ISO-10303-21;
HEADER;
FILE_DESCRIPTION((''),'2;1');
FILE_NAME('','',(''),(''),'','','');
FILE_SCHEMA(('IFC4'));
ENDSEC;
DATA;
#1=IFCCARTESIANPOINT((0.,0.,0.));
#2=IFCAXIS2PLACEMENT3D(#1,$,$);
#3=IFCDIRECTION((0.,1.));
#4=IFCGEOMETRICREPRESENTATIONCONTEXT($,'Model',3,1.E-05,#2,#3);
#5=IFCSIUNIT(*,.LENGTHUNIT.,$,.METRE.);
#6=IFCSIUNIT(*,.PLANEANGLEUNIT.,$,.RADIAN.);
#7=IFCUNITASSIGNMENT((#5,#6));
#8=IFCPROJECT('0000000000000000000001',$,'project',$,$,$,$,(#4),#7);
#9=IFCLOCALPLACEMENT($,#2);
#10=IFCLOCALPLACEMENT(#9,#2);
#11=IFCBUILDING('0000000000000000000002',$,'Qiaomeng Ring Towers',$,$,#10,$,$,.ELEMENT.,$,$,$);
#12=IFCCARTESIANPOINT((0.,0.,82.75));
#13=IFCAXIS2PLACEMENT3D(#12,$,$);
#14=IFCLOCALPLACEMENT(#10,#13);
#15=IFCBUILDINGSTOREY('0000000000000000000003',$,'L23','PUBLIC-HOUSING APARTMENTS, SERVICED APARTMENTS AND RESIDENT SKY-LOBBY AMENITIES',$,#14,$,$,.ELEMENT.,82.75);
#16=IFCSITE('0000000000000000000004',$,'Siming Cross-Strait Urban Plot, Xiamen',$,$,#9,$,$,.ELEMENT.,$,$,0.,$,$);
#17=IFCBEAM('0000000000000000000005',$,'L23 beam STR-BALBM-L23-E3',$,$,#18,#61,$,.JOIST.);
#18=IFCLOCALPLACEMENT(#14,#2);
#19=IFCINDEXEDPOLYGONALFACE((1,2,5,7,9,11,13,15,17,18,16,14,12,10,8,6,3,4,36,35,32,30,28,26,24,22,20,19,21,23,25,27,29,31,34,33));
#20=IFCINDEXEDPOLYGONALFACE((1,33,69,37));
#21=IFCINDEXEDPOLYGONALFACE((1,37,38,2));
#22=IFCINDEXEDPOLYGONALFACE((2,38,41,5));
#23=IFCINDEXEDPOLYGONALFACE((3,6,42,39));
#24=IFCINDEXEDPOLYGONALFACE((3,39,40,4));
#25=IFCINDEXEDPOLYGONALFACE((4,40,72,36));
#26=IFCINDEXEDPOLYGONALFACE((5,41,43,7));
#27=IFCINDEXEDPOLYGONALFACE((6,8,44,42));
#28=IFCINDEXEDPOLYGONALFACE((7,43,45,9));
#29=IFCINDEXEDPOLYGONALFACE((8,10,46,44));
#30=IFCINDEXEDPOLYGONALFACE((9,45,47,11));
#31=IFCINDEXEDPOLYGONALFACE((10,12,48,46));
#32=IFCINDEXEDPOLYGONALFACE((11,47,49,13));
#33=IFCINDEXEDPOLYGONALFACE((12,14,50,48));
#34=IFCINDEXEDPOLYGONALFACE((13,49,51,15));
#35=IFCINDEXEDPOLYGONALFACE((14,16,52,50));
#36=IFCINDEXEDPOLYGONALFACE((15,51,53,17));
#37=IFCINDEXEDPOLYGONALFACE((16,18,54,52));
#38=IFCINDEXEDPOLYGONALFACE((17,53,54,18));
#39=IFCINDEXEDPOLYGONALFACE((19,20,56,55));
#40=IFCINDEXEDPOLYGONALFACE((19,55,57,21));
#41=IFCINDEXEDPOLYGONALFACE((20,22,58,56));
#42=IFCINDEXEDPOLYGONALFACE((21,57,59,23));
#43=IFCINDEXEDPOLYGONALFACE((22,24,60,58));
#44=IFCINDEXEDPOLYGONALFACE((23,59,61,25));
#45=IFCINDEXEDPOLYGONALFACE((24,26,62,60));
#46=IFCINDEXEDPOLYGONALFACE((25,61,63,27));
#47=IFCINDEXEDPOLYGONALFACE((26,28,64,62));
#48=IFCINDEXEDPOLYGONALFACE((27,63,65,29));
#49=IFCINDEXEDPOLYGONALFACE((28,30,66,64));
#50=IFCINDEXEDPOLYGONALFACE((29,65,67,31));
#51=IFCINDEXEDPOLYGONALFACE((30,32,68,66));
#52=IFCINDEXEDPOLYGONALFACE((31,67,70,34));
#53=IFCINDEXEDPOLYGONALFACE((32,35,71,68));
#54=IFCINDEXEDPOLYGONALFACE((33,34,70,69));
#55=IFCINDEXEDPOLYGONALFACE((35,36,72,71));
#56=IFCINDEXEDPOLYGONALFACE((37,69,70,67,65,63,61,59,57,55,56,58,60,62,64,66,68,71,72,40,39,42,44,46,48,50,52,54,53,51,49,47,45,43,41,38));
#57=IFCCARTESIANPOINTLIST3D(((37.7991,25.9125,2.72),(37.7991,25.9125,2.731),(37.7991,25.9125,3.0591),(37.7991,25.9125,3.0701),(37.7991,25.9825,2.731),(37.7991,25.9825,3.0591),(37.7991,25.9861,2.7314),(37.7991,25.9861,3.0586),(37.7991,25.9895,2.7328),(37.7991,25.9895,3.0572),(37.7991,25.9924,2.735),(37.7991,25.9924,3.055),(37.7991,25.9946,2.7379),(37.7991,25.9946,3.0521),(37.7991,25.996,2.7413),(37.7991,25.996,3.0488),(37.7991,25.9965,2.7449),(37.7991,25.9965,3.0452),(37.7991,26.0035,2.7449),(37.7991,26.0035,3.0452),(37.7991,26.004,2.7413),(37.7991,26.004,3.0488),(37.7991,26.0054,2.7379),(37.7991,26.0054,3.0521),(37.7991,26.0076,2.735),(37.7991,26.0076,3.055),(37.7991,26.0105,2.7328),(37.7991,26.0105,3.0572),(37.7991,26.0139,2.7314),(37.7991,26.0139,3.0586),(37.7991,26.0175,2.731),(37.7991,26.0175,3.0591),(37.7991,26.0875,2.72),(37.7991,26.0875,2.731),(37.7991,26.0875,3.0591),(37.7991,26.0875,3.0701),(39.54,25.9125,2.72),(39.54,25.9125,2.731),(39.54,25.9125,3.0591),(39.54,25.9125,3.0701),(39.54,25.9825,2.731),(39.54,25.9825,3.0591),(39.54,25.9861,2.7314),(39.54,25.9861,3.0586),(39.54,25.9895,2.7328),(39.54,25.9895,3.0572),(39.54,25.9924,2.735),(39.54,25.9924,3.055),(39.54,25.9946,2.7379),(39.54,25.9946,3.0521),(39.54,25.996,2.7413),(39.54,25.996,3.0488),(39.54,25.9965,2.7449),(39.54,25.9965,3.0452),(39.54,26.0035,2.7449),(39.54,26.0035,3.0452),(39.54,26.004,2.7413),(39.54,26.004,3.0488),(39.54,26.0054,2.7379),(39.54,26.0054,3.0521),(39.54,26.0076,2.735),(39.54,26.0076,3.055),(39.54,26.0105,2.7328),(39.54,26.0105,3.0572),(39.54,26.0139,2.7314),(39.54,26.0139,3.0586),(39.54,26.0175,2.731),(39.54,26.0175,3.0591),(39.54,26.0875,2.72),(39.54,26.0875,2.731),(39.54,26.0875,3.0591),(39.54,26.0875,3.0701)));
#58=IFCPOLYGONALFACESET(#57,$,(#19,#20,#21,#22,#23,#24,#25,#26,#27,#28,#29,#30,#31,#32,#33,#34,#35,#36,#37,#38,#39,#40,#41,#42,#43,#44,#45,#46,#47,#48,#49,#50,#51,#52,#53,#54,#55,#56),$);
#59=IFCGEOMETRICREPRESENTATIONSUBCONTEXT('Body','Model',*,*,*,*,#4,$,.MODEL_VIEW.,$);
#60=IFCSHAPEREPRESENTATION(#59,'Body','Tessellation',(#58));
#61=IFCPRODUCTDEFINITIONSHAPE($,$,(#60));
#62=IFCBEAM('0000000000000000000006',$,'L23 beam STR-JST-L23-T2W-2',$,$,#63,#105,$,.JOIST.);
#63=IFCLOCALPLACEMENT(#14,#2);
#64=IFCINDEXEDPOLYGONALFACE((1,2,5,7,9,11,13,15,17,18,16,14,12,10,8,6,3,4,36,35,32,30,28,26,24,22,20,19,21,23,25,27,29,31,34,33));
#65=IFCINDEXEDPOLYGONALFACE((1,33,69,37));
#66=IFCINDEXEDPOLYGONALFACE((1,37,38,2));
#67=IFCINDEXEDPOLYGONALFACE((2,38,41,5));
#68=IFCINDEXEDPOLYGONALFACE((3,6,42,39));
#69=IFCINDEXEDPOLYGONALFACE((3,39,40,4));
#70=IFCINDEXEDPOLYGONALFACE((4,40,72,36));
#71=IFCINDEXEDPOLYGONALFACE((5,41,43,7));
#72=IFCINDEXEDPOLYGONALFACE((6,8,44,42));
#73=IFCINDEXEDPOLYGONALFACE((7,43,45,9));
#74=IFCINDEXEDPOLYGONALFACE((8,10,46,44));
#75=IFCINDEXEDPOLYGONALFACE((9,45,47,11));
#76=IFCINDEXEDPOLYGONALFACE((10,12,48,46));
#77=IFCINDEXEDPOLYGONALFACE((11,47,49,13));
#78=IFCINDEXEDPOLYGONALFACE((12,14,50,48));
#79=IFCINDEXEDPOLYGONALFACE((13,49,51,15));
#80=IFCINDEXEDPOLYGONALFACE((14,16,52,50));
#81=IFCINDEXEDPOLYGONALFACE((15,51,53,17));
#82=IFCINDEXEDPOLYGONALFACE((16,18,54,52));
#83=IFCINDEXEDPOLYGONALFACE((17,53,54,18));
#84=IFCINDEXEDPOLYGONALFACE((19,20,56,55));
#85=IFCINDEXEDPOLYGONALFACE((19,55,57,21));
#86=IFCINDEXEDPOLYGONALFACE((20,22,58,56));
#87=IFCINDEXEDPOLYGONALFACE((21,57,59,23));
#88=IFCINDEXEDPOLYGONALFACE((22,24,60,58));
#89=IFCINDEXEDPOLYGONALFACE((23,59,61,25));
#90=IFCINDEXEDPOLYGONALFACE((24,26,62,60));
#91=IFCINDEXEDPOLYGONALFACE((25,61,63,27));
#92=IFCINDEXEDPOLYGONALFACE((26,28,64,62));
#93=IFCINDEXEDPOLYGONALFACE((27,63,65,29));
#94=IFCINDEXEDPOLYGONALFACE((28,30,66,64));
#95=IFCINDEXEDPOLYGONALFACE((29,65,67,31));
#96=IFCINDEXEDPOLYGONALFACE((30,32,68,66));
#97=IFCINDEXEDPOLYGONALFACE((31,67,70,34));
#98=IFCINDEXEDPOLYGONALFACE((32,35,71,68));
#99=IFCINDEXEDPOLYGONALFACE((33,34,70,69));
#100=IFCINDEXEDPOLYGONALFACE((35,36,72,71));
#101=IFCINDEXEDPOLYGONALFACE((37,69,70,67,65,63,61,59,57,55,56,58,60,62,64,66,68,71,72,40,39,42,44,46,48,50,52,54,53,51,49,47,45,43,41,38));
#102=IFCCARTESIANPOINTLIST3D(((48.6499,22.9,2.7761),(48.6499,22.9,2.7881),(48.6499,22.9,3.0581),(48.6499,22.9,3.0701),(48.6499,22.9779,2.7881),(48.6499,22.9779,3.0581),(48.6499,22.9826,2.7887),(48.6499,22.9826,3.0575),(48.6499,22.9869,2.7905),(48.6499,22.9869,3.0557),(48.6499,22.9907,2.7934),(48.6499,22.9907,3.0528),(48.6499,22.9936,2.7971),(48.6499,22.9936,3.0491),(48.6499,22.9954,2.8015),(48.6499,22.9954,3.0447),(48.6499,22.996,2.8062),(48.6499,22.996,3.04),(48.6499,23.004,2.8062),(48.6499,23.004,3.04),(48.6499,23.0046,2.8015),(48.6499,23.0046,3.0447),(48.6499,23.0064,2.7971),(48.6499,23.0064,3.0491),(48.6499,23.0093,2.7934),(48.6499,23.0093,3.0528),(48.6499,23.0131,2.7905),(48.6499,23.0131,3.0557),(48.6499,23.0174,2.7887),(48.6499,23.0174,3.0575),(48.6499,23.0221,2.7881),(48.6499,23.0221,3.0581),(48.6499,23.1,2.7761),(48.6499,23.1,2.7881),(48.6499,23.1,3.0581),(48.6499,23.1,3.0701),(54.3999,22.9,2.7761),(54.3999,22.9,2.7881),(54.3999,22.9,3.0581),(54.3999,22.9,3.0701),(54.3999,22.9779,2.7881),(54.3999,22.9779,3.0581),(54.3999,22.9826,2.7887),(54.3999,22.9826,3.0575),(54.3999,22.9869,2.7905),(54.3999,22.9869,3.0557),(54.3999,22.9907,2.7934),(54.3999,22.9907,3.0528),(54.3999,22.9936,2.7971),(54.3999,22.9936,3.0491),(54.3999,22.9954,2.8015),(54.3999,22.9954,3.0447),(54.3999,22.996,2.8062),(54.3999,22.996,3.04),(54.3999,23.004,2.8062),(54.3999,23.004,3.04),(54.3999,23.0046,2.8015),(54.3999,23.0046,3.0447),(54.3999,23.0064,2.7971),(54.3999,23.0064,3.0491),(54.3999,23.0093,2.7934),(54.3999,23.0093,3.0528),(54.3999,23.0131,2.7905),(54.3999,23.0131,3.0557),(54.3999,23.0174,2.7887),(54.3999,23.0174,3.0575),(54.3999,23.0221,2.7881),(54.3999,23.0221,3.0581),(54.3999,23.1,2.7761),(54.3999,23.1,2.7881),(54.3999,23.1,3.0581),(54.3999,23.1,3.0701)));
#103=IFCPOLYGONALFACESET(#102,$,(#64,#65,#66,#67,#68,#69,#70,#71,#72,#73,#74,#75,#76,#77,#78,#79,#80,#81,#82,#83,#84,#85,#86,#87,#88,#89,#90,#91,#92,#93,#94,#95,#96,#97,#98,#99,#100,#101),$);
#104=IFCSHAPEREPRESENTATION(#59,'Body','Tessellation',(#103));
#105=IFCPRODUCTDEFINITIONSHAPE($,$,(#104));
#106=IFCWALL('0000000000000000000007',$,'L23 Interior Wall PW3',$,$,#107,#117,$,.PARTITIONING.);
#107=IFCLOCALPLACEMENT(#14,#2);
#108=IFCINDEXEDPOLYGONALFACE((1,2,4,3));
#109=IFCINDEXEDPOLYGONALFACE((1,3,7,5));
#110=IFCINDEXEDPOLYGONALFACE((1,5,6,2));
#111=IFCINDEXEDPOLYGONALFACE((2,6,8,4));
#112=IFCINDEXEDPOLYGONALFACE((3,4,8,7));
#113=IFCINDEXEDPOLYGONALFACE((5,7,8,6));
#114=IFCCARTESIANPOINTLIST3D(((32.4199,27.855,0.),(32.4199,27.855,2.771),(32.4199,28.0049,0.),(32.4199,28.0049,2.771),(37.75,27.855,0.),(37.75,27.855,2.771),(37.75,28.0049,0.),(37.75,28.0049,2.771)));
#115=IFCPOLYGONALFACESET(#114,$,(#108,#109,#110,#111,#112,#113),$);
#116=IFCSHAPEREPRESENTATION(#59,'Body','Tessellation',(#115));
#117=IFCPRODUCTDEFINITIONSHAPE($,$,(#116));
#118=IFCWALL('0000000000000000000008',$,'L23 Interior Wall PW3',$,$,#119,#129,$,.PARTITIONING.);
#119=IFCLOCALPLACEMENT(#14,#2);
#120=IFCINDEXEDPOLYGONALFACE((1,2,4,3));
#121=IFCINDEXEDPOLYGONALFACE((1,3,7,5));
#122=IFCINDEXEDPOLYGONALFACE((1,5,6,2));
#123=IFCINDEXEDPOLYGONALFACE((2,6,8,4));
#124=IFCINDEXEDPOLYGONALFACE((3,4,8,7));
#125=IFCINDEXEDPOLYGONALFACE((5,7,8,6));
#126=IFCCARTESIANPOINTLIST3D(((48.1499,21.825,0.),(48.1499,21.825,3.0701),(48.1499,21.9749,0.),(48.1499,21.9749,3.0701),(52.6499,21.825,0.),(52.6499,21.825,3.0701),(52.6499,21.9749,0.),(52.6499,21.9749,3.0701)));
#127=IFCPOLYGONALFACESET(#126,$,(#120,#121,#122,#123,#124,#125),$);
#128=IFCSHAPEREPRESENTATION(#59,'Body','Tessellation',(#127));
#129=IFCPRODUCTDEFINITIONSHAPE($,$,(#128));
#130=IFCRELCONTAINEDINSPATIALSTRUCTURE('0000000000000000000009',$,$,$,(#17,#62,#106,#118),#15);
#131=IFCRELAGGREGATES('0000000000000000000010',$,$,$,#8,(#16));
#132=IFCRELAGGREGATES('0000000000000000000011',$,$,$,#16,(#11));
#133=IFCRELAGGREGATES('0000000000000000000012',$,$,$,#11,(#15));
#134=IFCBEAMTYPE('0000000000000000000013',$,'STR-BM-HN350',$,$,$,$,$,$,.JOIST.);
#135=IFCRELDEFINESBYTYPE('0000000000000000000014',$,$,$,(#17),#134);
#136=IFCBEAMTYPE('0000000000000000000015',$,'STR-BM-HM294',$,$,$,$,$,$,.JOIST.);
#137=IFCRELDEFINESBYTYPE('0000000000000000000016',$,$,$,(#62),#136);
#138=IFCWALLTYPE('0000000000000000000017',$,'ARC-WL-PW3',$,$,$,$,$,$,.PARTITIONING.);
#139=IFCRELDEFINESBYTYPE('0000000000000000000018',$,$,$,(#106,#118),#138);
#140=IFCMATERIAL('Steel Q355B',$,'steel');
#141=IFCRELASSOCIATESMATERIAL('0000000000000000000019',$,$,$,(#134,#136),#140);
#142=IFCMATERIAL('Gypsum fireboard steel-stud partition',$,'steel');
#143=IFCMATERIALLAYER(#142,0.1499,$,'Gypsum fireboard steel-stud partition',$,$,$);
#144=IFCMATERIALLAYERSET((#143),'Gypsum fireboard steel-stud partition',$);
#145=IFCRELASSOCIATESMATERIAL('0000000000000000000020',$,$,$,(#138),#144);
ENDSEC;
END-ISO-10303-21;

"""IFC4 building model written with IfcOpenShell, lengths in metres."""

from ifc_helpers import new_model, si_unit, direction, frame, frame_2d, origin, origin_2d, place, context, subcontext, project, spatial, rectangle, i_section, extrude, source, transform, mapped, material, layer, layer_set, material_profile, profile_set, type_object, element, save


model = new_model("IFC4")

# Units and contexts
model_context = context("Model", 3, precision=1e-05, world=origin(), true_north=direction((0.0, 1.0)))
body_context = subcontext(model_context, "Body", "Model", "MODEL_VIEW")
ifc_project = project(units=[si_unit("LENGTHUNIT", "METRE"), si_unit("PLANEANGLEUNIT", "RADIAN")], contexts=[model_context])

# Site, building, storey
site_placement = place(None, origin())
site = spatial("IfcSite", under=ifc_project, at=site_placement, Name="Siming Cross-Strait Urban Plot, Xiamen", CompositionType="ELEMENT", RefElevation=0.0)
building_placement = place(site_placement, origin())
building = spatial("IfcBuilding", under=site, at=building_placement, Name="Qiaomeng Ring Towers", CompositionType="ELEMENT")
storey_placement = place(building_placement, frame((0.0, 0.0, 82.75)))
storey = spatial("IfcBuildingStorey", under=building, at=storey_placement, Name="L23", Description="PUBLIC-HOUSING APARTMENTS, SERVICED APARTMENTS AND RESIDENT SKY-LOBBY AMENITIES", CompositionType="ELEMENT", Elevation=82.75)

# Beams
ifc_material_1 = material(Name="Steel Q355B", Category="steel")
ifc_material_profile_1 = material_profile(ifc_material_1, i_section(OverallWidth=0.175, OverallDepth=0.3501, WebThickness=0.0071, FlangeThickness=0.011, FilletRadius=0.0139, at=origin_2d()), Name="HN 350x175x7x11")
ifc_profile_set_1 = profile_set([ifc_material_profile_1], Name="Steel Q355B")
beam_type_1 = type_object("IfcBeamType", Name="STR-BM-HN350", PredefinedType="JOIST", material=ifc_profile_set_1)
shared_shape_1 = source(origin(), body_context, "Body", "SweptSolid", [
    extrude(i_section(OverallWidth=0.175, OverallDepth=0.3501, WebThickness=0.0071, FlangeThickness=0.011, FilletRadius=0.0139, at=origin_2d()), origin(), (0.0, 0.0, 1.0), 1.741),
])
beam_1_placement = place(storey_placement, frame((37.7991, 26.0, 2.895), z_axis=(1.0, 0.0, 0.0), x_axis=(0.0, 1.0, 0.0)))
element("IfcBeam", 1, at=beam_1_placement, inside=storey, type_object=beam_type_1, Name="L23 beam STR-BALBM-L23-E3", PredefinedType="JOIST", context=body_context, shape_type="MappedRepresentation", body=[
    mapped(shared_shape_1, transform((0.0, 0.0, 0.0), x_axis=(1.0, 0.0, 0.0), y_axis=(0.0, 1.0, 0.0), z_axis=(0.0, 0.0, 1.0), scale=1.0)),
])
ifc_material_profile_2 = material_profile(ifc_material_1, i_section(OverallWidth=0.2, OverallDepth=0.2939, WebThickness=0.0081, FlangeThickness=0.012, FilletRadius=0.0181, at=origin_2d()), Name="HM 294x200x8x12")
ifc_profile_set_2 = profile_set([ifc_material_profile_2], Name="Steel Q355B")
beam_type_2 = type_object("IfcBeamType", Name="STR-BM-HM294", PredefinedType="JOIST", material=ifc_profile_set_2)
shared_shape_2 = source(origin(), body_context, "Body", "SweptSolid", [
    extrude(i_section(OverallWidth=0.2, OverallDepth=0.2939, WebThickness=0.0081, FlangeThickness=0.012, FilletRadius=0.0181, at=origin_2d()), origin(), (0.0, 0.0, 1.0), 5.75),
])
beam_2_placement = place(storey_placement, frame((48.6499, 23.0, 2.9231), z_axis=(1.0, 0.0, 0.0), x_axis=(0.0, 1.0, 0.0)))
element("IfcBeam", 2, at=beam_2_placement, inside=storey, type_object=beam_type_2, Name="L23 beam STR-JST-L23-T2W-2", PredefinedType="JOIST", context=body_context, shape_type="MappedRepresentation", body=[
    mapped(shared_shape_2, transform((0.0, 0.0, 0.0), x_axis=(1.0, 0.0, 0.0), y_axis=(0.0, 1.0, 0.0), z_axis=(0.0, 0.0, 1.0), scale=1.0)),
])

# Walls
ifc_material_2 = material(Name="Gypsum fireboard steel-stud partition", Category="steel")
ifc_layer_1 = layer(ifc_material_2, 0.1499, Name="Gypsum fireboard steel-stud partition")
ifc_layer_set_1 = layer_set([ifc_layer_1], Name="Gypsum fireboard steel-stud partition")
wall_type_1 = type_object("IfcWallType", Name="ARC-WL-PW3", PredefinedType="PARTITIONING", material=ifc_layer_set_1)
wall_1_placement = place(storey_placement, frame((32.4199, 27.9299, 0.0), z_axis=(0.0, 0.0, 1.0), x_axis=(1.0, 0.0, 0.0)))
element("IfcWall", 3, at=wall_1_placement, inside=storey, type_object=wall_type_1, Name="L23 Interior Wall PW3", PredefinedType="PARTITIONING", context=body_context, shape_type="SweptSolid", body=[
    extrude(rectangle(XDim=5.3301, YDim=0.1499, at=frame_2d((2.665, 0.0))), origin(), (0.0, 0.0, 1.0), 2.771),
])
wall_2_placement = place(storey_placement, frame((48.1499, 21.8999, 0.0), z_axis=(0.0, 0.0, 1.0), x_axis=(1.0, 0.0, 0.0)))
element("IfcWall", 4, at=wall_2_placement, inside=storey, type_object=wall_type_1, Name="L23 Interior Wall PW3", PredefinedType="PARTITIONING", context=body_context, shape_type="SweptSolid", body=[
    extrude(rectangle(XDim=4.5, YDim=0.1499, at=frame_2d((2.25, 0.0))), origin(), (0.0, 0.0, 1.0), 3.0701),
])

save(model, "model.ifc")
